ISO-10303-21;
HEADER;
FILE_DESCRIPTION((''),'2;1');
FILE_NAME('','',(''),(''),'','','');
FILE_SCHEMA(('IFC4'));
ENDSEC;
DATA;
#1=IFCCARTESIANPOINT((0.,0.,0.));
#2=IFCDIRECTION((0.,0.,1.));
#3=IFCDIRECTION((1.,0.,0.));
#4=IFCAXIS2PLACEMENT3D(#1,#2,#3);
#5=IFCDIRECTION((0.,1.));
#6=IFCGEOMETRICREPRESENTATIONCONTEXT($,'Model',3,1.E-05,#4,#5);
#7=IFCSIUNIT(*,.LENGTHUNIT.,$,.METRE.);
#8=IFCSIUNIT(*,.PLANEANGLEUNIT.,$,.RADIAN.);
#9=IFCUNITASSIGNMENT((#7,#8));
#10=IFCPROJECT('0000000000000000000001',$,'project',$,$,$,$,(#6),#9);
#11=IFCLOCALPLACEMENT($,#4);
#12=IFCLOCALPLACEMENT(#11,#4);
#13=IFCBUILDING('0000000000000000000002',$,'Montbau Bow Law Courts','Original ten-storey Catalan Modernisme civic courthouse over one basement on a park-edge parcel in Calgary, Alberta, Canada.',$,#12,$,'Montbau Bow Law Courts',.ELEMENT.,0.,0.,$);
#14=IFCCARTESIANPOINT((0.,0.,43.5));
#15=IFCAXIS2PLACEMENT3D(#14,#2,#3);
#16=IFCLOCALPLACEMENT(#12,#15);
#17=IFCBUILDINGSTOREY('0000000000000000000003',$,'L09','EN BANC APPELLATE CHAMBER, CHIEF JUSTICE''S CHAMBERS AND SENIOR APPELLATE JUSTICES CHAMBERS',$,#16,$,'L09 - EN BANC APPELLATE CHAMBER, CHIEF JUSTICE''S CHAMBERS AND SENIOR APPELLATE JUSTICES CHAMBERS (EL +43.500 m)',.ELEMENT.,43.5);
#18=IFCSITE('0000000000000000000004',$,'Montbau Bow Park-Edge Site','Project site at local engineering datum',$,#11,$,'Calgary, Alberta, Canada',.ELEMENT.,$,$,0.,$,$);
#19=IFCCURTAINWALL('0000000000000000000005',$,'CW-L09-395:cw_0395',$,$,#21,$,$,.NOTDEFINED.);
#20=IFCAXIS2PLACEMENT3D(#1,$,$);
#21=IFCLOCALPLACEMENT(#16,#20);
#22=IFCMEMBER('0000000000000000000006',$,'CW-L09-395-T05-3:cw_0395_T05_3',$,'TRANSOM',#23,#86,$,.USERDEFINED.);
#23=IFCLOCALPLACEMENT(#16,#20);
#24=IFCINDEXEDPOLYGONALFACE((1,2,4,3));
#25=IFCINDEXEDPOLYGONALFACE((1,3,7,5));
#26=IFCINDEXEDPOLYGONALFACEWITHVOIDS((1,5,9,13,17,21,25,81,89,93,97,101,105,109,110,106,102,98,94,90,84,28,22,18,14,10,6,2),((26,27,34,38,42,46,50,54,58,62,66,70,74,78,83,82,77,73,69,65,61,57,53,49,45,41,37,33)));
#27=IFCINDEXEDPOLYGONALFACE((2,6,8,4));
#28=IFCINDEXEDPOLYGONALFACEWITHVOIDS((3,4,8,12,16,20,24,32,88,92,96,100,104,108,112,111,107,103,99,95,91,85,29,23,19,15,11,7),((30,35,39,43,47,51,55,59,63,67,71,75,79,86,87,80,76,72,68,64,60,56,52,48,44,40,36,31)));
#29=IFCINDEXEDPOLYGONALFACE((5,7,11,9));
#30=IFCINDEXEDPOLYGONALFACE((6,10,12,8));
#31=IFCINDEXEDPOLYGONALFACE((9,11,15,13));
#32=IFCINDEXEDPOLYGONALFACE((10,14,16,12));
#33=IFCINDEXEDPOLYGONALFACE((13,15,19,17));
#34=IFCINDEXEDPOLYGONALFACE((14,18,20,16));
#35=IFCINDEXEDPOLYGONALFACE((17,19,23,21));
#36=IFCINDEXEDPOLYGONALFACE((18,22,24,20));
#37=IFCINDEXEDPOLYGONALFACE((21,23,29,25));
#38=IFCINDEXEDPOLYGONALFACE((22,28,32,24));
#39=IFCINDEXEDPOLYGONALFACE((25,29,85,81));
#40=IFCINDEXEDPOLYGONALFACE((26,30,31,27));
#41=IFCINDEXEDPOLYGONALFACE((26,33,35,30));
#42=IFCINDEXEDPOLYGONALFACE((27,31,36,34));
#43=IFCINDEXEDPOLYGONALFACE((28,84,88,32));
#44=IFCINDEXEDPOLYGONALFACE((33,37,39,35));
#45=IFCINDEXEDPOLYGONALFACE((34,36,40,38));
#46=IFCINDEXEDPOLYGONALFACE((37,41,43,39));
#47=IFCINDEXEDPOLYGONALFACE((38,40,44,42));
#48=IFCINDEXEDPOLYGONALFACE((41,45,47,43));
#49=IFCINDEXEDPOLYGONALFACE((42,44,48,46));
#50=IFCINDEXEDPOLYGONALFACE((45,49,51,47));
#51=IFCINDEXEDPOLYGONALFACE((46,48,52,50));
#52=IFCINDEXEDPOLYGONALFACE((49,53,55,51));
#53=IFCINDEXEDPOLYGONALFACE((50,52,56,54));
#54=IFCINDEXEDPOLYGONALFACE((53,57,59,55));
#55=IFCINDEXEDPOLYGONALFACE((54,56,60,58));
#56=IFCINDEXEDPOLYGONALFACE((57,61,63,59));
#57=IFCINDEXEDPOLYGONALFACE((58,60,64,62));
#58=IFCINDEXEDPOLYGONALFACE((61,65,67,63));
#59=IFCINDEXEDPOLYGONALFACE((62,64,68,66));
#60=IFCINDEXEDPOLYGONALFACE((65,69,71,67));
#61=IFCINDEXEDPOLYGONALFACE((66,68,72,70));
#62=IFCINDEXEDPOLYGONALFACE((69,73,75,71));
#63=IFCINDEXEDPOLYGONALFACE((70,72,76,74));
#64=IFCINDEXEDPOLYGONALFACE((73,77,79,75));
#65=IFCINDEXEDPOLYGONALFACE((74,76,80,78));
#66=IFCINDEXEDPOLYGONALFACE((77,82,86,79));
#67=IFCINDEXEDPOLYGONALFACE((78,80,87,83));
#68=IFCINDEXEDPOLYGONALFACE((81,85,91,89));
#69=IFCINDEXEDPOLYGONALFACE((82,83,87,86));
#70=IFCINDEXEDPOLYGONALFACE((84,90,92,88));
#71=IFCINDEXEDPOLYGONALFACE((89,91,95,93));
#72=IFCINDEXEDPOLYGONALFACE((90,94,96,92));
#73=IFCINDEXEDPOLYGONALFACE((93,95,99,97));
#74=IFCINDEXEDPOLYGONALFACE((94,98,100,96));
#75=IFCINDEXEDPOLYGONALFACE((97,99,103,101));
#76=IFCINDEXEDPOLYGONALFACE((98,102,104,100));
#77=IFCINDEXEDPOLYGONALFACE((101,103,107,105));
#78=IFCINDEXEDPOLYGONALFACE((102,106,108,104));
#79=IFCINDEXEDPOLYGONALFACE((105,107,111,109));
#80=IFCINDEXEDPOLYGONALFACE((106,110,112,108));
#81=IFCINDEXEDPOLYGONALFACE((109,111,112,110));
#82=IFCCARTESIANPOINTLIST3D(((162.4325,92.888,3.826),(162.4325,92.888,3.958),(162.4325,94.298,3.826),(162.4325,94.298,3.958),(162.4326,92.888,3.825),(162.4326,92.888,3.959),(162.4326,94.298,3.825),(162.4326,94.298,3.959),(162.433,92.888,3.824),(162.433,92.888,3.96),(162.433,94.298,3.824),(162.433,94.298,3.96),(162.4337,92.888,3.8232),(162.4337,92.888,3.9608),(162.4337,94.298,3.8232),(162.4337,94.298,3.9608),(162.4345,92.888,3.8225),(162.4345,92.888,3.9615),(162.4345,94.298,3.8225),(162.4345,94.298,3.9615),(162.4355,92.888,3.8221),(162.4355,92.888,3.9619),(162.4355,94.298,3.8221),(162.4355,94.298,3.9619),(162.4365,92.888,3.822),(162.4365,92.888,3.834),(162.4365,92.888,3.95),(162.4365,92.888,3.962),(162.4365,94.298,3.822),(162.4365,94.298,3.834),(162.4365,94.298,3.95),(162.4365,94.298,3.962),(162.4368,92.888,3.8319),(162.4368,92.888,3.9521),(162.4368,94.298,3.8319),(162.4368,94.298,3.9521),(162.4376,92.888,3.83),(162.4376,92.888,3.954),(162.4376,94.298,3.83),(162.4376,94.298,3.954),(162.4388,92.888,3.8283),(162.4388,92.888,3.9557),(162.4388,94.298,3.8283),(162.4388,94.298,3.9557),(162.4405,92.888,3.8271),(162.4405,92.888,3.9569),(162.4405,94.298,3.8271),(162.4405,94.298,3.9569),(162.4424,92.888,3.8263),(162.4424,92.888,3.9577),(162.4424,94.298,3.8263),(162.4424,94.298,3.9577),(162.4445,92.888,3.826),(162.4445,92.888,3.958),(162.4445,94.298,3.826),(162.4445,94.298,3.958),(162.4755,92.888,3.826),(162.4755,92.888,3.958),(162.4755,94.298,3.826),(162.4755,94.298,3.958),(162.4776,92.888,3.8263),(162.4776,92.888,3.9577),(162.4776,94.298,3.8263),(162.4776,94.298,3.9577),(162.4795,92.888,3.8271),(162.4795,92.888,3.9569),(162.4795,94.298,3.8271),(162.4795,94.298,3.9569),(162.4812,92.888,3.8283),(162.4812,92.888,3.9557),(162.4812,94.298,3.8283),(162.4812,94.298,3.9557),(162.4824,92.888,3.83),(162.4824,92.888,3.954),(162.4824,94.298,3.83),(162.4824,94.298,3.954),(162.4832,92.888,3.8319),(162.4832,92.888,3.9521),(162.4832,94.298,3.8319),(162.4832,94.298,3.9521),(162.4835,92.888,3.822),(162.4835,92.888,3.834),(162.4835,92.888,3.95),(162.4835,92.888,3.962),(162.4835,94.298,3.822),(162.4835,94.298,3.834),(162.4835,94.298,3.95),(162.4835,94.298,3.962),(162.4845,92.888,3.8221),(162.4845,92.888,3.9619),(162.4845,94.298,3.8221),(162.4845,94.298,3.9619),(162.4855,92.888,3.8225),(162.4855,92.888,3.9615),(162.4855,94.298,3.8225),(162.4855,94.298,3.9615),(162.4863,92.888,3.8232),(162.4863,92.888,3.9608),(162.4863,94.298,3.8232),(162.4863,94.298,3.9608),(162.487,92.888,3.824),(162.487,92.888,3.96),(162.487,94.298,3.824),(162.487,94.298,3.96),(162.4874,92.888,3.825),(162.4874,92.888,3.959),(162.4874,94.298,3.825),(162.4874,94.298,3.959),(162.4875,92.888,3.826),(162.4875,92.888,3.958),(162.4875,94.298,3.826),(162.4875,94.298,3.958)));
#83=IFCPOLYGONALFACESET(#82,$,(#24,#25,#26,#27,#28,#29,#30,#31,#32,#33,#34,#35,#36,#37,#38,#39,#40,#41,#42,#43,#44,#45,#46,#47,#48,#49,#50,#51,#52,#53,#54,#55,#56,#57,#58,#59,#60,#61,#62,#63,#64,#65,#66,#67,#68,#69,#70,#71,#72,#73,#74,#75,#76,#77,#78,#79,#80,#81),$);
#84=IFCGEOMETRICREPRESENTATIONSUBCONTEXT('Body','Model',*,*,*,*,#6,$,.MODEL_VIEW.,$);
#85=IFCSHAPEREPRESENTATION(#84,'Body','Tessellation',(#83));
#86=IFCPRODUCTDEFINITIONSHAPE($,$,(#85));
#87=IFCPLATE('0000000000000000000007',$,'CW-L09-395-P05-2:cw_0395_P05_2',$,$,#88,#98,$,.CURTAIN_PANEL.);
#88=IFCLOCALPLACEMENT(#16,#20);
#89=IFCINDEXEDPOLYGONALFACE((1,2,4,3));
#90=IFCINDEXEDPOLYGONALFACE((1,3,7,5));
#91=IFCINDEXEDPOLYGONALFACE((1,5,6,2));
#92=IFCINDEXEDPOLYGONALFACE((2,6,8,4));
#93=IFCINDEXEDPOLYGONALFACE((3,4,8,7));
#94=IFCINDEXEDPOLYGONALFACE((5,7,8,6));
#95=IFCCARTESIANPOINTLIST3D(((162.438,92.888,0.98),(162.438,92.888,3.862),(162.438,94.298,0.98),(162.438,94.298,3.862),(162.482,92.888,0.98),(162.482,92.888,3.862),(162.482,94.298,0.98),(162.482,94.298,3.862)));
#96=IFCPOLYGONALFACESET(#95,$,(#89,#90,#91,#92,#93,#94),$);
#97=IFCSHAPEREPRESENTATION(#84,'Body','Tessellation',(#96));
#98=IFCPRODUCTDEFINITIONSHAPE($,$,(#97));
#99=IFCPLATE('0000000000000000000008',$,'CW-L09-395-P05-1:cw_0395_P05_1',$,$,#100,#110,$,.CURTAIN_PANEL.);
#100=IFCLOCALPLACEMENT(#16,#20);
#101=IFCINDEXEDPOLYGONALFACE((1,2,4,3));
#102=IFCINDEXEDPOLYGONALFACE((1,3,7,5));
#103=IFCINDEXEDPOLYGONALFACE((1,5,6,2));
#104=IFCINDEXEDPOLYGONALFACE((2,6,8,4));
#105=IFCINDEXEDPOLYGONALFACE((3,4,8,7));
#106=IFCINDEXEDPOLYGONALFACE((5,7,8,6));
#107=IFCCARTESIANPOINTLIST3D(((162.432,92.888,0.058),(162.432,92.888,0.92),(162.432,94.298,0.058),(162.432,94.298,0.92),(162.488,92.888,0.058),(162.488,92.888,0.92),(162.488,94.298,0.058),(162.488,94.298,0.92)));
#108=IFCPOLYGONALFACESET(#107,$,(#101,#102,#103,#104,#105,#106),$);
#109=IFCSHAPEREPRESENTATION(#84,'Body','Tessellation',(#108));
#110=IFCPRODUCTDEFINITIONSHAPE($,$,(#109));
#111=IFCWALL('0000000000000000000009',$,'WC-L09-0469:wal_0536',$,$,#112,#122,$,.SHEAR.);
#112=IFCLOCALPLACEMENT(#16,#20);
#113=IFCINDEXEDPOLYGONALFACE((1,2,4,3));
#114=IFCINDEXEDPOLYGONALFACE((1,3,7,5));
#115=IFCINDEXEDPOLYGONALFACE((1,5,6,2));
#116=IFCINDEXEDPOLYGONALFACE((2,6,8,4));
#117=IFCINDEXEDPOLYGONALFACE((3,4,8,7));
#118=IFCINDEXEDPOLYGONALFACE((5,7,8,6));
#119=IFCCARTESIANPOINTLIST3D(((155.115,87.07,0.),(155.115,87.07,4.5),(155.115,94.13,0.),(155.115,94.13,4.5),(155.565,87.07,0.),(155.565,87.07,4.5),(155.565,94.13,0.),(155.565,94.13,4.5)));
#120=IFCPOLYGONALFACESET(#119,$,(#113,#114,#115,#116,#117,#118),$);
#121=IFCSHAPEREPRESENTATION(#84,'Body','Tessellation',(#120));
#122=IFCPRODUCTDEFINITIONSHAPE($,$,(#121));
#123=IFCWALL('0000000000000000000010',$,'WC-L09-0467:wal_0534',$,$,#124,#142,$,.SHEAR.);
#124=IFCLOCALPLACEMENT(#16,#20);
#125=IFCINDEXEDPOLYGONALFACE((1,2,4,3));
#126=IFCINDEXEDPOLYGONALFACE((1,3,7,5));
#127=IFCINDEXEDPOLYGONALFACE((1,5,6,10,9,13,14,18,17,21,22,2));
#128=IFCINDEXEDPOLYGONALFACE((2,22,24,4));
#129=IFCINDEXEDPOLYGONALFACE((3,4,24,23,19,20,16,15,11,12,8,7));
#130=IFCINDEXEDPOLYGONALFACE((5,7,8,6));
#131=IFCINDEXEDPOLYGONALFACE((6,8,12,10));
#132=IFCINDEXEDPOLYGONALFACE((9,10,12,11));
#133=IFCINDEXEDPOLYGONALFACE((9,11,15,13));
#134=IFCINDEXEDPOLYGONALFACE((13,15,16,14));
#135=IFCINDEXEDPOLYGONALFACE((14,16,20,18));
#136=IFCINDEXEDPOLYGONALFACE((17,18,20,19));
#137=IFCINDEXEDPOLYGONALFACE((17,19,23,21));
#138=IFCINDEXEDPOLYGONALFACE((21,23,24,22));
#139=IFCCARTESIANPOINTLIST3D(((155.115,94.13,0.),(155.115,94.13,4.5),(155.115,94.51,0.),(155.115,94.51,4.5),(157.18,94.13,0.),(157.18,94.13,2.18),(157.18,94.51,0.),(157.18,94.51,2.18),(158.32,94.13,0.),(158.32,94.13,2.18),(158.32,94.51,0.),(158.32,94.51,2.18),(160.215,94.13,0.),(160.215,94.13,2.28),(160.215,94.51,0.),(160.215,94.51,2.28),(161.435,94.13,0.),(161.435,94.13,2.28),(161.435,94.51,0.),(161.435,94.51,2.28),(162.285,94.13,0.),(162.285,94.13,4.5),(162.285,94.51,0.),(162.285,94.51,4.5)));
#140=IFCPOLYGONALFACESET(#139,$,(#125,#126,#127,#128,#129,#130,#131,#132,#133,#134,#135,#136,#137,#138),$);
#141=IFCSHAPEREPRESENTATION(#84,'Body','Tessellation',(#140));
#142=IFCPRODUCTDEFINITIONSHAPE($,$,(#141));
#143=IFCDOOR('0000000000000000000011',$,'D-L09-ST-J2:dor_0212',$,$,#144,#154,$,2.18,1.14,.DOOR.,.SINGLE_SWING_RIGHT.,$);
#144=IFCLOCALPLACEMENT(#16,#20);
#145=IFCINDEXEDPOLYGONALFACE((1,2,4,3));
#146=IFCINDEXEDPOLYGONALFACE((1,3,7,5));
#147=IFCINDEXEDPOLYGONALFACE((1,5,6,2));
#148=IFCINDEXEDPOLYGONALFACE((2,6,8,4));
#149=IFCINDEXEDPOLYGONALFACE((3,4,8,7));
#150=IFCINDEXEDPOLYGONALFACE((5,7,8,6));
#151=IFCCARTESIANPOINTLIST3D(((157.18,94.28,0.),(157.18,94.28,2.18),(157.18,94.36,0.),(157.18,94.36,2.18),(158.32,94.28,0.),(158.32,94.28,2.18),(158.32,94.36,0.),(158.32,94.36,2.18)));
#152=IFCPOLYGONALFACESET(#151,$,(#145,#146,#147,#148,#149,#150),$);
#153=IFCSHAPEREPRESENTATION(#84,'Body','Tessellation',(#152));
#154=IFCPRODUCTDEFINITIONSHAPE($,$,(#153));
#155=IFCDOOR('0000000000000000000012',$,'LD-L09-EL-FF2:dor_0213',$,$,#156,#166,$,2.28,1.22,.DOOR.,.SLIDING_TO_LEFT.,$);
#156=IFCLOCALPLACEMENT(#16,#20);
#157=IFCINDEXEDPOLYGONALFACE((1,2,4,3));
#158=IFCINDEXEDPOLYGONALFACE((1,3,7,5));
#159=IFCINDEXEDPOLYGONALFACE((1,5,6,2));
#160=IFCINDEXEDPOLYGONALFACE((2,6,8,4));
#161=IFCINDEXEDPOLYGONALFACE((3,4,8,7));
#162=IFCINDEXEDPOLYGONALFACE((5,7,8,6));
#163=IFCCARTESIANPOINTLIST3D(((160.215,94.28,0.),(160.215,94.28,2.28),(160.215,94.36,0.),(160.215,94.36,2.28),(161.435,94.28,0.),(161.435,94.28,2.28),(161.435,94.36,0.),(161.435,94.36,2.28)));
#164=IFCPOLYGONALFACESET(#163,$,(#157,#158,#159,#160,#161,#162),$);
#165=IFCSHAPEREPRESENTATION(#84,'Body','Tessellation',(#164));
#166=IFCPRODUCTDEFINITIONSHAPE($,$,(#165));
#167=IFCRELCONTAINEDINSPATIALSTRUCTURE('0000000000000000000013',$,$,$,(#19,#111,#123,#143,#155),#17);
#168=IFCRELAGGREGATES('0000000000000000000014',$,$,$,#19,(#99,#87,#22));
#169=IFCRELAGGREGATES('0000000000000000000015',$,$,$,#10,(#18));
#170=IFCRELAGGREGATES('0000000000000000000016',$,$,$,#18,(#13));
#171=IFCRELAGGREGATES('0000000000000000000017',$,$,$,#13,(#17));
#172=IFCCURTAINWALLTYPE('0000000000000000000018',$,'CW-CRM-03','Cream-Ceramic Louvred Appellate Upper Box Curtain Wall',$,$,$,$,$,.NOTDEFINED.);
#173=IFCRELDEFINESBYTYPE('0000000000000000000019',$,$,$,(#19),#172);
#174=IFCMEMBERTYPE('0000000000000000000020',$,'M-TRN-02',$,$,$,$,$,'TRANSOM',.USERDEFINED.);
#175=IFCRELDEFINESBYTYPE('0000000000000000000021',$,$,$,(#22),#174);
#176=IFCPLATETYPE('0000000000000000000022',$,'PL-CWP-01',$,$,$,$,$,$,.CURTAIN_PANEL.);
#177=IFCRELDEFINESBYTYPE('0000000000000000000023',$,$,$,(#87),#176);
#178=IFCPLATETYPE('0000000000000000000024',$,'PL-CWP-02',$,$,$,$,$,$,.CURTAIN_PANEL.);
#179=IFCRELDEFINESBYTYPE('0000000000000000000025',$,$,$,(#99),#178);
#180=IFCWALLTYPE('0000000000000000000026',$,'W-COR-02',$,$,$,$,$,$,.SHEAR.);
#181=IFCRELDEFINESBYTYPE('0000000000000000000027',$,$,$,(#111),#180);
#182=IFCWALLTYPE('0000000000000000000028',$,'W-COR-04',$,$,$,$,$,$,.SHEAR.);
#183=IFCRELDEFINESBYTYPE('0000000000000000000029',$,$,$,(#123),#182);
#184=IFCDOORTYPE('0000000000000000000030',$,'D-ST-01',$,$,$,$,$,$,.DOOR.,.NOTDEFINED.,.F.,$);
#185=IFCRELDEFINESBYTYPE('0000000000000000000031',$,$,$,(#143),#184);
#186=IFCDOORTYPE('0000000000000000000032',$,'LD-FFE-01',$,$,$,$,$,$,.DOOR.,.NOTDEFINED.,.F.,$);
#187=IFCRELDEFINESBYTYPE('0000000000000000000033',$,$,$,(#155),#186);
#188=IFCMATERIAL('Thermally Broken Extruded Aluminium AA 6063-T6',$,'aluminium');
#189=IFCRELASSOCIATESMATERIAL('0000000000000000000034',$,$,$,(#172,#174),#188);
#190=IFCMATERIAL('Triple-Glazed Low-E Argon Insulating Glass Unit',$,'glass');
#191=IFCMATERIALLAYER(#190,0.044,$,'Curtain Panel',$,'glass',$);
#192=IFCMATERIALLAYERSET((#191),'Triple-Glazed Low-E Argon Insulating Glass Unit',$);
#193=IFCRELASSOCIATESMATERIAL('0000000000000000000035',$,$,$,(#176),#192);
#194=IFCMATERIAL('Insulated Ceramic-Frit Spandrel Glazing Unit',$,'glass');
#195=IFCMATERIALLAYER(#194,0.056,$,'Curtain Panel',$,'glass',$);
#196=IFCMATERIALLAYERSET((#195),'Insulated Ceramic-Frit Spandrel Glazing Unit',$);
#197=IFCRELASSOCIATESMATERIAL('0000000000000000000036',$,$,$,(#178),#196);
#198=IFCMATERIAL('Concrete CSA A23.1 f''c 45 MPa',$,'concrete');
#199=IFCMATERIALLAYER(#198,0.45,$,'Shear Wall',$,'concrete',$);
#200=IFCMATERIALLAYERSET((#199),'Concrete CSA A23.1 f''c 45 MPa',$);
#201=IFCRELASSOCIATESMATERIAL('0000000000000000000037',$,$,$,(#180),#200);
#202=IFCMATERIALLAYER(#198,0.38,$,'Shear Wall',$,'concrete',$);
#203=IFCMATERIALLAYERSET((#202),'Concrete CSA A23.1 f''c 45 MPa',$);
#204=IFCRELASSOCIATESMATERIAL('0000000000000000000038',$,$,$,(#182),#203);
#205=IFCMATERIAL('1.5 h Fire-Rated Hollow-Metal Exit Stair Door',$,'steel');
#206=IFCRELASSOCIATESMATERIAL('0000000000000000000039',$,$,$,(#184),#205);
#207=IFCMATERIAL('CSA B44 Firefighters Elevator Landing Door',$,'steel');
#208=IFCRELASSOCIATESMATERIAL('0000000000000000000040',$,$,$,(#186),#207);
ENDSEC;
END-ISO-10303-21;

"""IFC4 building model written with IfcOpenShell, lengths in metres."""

from ifc_helpers import new_model, si_unit, direction, frame, frame_2d, origin_with_axes, origin_2d_with_axis, place, context, subcontext, project, spatial, rectangle, hollow_rectangle, extrude, material, layer, layer_set, material_profile, profile_set, type_object, element, fill, aggregate, save


model = new_model("IFC4")

# Units and contexts
model_context = context("Model", 3, precision=1e-05, world=origin_with_axes(), true_north=direction((0.0, 1.0)))
body_context = subcontext(model_context, "Body", "Model", "MODEL_VIEW")
ifc_project = project(units=[si_unit("LENGTHUNIT", "METRE"), si_unit("PLANEANGLEUNIT", "RADIAN")], contexts=[model_context])

# Site, building, storey
site_placement = place(None, origin_with_axes())
site = spatial("IfcSite", under=ifc_project, at=site_placement, Name="Montbau Bow Park-Edge Site", Description="Project site at local engineering datum", LongName="Calgary, Alberta, Canada", CompositionType="ELEMENT", RefElevation=0.0)
building_placement = place(site_placement, origin_with_axes())
building = spatial("IfcBuilding", under=site, at=building_placement, Name="Montbau Bow Law Courts", Description="Original ten-storey Catalan Modernisme civic courthouse over one basement on a park-edge parcel in Calgary, Alberta, Canada.", LongName="Montbau Bow Law Courts", CompositionType="ELEMENT", ElevationOfRefHeight=0.0, ElevationOfTerrain=0.0)
storey_placement = place(building_placement, frame((0.0, 0.0, 43.5), z_axis=(0.0, 0.0, 1.0), x_axis=(1.0, 0.0, 0.0)))
storey = spatial("IfcBuildingStorey", under=building, at=storey_placement, Name="L09", Description="EN BANC APPELLATE CHAMBER, CHIEF JUSTICE'S CHAMBERS AND SENIOR APPELLATE JUSTICES CHAMBERS", LongName="L09 - EN BANC APPELLATE CHAMBER, CHIEF JUSTICE'S CHAMBERS AND SENIOR APPELLATE JUSTICES CHAMBERS (EL +43.500 m)", CompositionType="ELEMENT", Elevation=43.5)

# Curtain wall, member, plates
ifc_material_1 = material(Name="Thermally Broken Extruded Aluminium AA 6063-T6", Category="aluminium")
curtain_wall_type = type_object("IfcCurtainWallType", Name="CW-CRM-03", Description="Cream-Ceramic Louvred Appellate Upper Box Curtain Wall", PredefinedType="NOTDEFINED", material=ifc_material_1)
curtain_wall_placement = place(None, frame((162.46, 86.84, 43.5), z_axis=(0.0, 0.0, 1.0), x_axis=(1.0, 0.0, 0.0)))
curtain_wall = element("IfcCurtainWall", 1, at=curtain_wall_placement, inside=storey, type_object=curtain_wall_type, Name="CW-L09-395:cw_0395", PredefinedType="NOTDEFINED")
ifc_material_profile_1 = material_profile(ifc_material_1, hollow_rectangle(XDim=0.055, YDim=0.14, WallThickness=0.004, InnerFilletRadius=0.008, OuterFilletRadius=0.004, at=origin_2d_with_axis()), Name="CWT-140X55", Category="Main", Priority=0)
ifc_profile_set_1 = profile_set([ifc_material_profile_1], Name="Thermally Broken Extruded Aluminium AA 6063-T6")
member_type_1 = type_object("IfcMemberType", Name="M-TRN-02", ElementType="TRANSOM", PredefinedType="USERDEFINED", material=ifc_profile_set_1)
member_1_placement = place(None, frame((162.46, 92.888, 47.392), z_axis=(0.0, 1.0, 0.0), x_axis=(-1.0, 0.0, 0.0)))
member_1 = element("IfcMember", 2, at=member_1_placement, type_object=member_type_1, Name="CW-L09-395-T05-3:cw_0395_T05_3", ObjectType="TRANSOM", PredefinedType="USERDEFINED", context=body_context, shape_type="SweptSolid", body=[
    extrude(hollow_rectangle(XDim=0.055, YDim=0.14, WallThickness=0.004, InnerFilletRadius=0.008, OuterFilletRadius=0.004, at=origin_2d_with_axis()), origin_with_axes(), (0.0, 0.0, 1.0), 1.41),
])
ifc_material_2 = material(Name="Triple-Glazed Low-E Argon Insulating Glass Unit", Category="glass")
ifc_layer_1 = layer(ifc_material_2, 0.044, Name="Curtain Panel", Category="glass")
ifc_layer_set_1 = layer_set([ifc_layer_1], Name="Triple-Glazed Low-E Argon Insulating Glass Unit")
plate_type_1 = type_object("IfcPlateType", Name="PL-CWP-01", PredefinedType="CURTAIN_PANEL", material=ifc_layer_set_1)
plate_1_placement = place(None, frame((162.46, 92.888, 44.48), z_axis=(1.0, 0.0, 0.0), x_axis=(0.0, 1.0, 0.0)))
plate_1 = element("IfcPlate", 3, at=plate_1_placement, type_object=plate_type_1, Name="CW-L09-395-P05-2:cw_0395_P05_2", PredefinedType="CURTAIN_PANEL", context=body_context, shape_type="SweptSolid", body=[
    extrude(rectangle(XDim=1.41, YDim=2.882, at=frame_2d((0.705, 1.441), x_axis=(1.0, 0.0))), frame((0.0, 0.0, -0.022), z_axis=(0.0, 0.0, 1.0), x_axis=(1.0, 0.0, 0.0)), (0.0, 0.0, 1.0), 0.044),
])
ifc_material_3 = material(Name="Insulated Ceramic-Frit Spandrel Glazing Unit", Category="glass")
ifc_layer_2 = layer(ifc_material_3, 0.056, Name="Curtain Panel", Category="glass")
ifc_layer_set_2 = layer_set([ifc_layer_2], Name="Insulated Ceramic-Frit Spandrel Glazing Unit")
plate_type_2 = type_object("IfcPlateType", Name="PL-CWP-02", PredefinedType="CURTAIN_PANEL", material=ifc_layer_set_2)
plate_2_placement = place(None, frame((162.46, 92.888, 43.558), z_axis=(1.0, 0.0, 0.0), x_axis=(0.0, 1.0, 0.0)))
plate_2 = element("IfcPlate", 4, at=plate_2_placement, type_object=plate_type_2, Name="CW-L09-395-P05-1:cw_0395_P05_1", PredefinedType="CURTAIN_PANEL", context=body_context, shape_type="SweptSolid", body=[
    extrude(rectangle(XDim=1.41, YDim=0.862, at=frame_2d((0.705, 0.431), x_axis=(1.0, 0.0))), frame((0.0, 0.0, -0.028), z_axis=(0.0, 0.0, 1.0), x_axis=(1.0, 0.0, 0.0)), (0.0, 0.0, 1.0), 0.056),
])
aggregate(curtain_wall, [plate_2, plate_1, member_1])

# Wall
ifc_material_4 = material(Name="Concrete CSA A23.1 f'c 45 MPa", Category="concrete")
ifc_layer_3 = layer(ifc_material_4, 0.45, Name="Shear Wall", Category="concrete")
ifc_layer_set_3 = layer_set([ifc_layer_3], Name="Concrete CSA A23.1 f'c 45 MPa")
wall_type_1 = type_object("IfcWallType", Name="W-COR-02", PredefinedType="SHEAR", material=ifc_layer_set_3)
wall_1_placement = place(None, frame((155.34, 94.13, 43.5), z_axis=(0.0, 0.0, 1.0), x_axis=(0.0, -1.0, 0.0)))
element("IfcWall", 5, at=wall_1_placement, inside=storey, type_object=wall_type_1, Name="WC-L09-0469:wal_0536", PredefinedType="SHEAR", context=body_context, shape_type="SweptSolid", body=[
    extrude(rectangle(XDim=7.06, YDim=0.45, at=frame_2d((3.53, 0.0), x_axis=(1.0, 0.0))), origin_with_axes(), (0.0, 0.0, 1.0), 4.5),
])

# Wall, openings, doors
ifc_layer_4 = layer(ifc_material_4, 0.38, Name="Shear Wall", Category="concrete")
ifc_layer_set_4 = layer_set([ifc_layer_4], Name="Concrete CSA A23.1 f'c 45 MPa")
wall_type_2 = type_object("IfcWallType", Name="W-COR-04", PredefinedType="SHEAR", material=ifc_layer_set_4)
wall_2_placement = place(None, frame((162.285, 94.32, 43.5), z_axis=(0.0, 0.0, 1.0), x_axis=(-1.0, 0.0, 0.0)))
wall_2 = element("IfcWall", 6, at=wall_2_placement, inside=storey, type_object=wall_type_2, Name="WC-L09-0467:wal_0534", PredefinedType="SHEAR", context=body_context, shape_type="SweptSolid", body=[
    extrude(rectangle(XDim=7.17, YDim=0.38, at=frame_2d((3.585, 0.0), x_axis=(1.0, 0.0))), origin_with_axes(), (0.0, 0.0, 1.0), 4.5),
])
opening_1_placement = place(None, frame((157.75, 94.32, 43.5), z_axis=(0.0, 0.0, 1.0), x_axis=(-1.0, 0.0, 0.0)))
opening_1 = element("IfcOpeningElement", 7, at=opening_1_placement, cuts=wall_2, PredefinedType="OPENING", context=body_context, shape_type="SweptSolid", body=[
    extrude(rectangle(XDim=1.14, YDim=2.18, at=frame_2d((0.0, 1.09), x_axis=(1.0, 0.0))), frame((0.0, 0.2, 0.0), z_axis=(0.0, -1.0, 0.0), x_axis=(1.0, 0.0, 0.0)), (0.0, 0.0, 1.0), 0.4),
])
opening_2_placement = place(None, frame((160.825, 94.32, 43.5), z_axis=(0.0, 0.0, 1.0), x_axis=(-1.0, 0.0, 0.0)))
opening_2 = element("IfcOpeningElement", 8, at=opening_2_placement, cuts=wall_2, PredefinedType="OPENING", context=body_context, shape_type="SweptSolid", body=[
    extrude(rectangle(XDim=1.22, YDim=2.28, at=frame_2d((0.0, 1.14), x_axis=(1.0, 0.0))), frame((0.0, 0.2, 0.0), z_axis=(0.0, -1.0, 0.0), x_axis=(1.0, 0.0, 0.0)), (0.0, 0.0, 1.0), 0.4),
])
ifc_material_5 = material(Name="1.5 h Fire-Rated Hollow-Metal Exit Stair Door", Category="steel")
door_type_1 = type_object("IfcDoorType", Name="D-ST-01", OperationType="NOTDEFINED", ParameterTakesPrecedence=False, PredefinedType="DOOR", material=ifc_material_5)
door_1_placement = place(None, frame((157.75, 94.32, 43.5), z_axis=(0.0, 0.0, 1.0), x_axis=(1.0, 0.0, 0.0)))
door_1 = element("IfcDoor", 9, at=door_1_placement, inside=storey, type_object=door_type_1, Name="D-L09-ST-J2:dor_0212", OperationType="SINGLE_SWING_RIGHT", OverallHeight=2.18, OverallWidth=1.14, PredefinedType="DOOR", context=body_context, shape_type="SweptSolid", body=[
    extrude(rectangle(XDim=1.14, YDim=2.18, at=frame_2d((0.0, 1.09), x_axis=(1.0, 0.0))), frame((0.0, 0.04, 0.0), z_axis=(0.0, -1.0, 0.0), x_axis=(1.0, 0.0, 0.0)), (0.0, 0.0, 1.0), 0.08),
])
fill(opening_1, door_1)
ifc_material_6 = material(Name="CSA B44 Firefighters Elevator Landing Door", Category="steel")
door_type_2 = type_object("IfcDoorType", Name="LD-FFE-01", OperationType="NOTDEFINED", ParameterTakesPrecedence=False, PredefinedType="DOOR", material=ifc_material_6)
door_2_placement = place(None, frame((160.825, 94.32, 43.5), z_axis=(0.0, 0.0, 1.0), x_axis=(1.0, 0.0, 0.0)))
door_2 = element("IfcDoor", 10, at=door_2_placement, inside=storey, type_object=door_type_2, Name="LD-L09-EL-FF2:dor_0213", OperationType="SLIDING_TO_LEFT", OverallHeight=2.28, OverallWidth=1.22, PredefinedType="DOOR", context=body_context, shape_type="SweptSolid", body=[
    extrude(rectangle(XDim=1.22, YDim=2.28, at=frame_2d((0.0, 1.14), x_axis=(1.0, 0.0))), frame((0.0, 0.04, 0.0), z_axis=(0.0, -1.0, 0.0), x_axis=(1.0, 0.0, 0.0)), (0.0, 0.0, 1.0), 0.08),
])
fill(opening_2, door_2)

save(model, "model.ifc")
